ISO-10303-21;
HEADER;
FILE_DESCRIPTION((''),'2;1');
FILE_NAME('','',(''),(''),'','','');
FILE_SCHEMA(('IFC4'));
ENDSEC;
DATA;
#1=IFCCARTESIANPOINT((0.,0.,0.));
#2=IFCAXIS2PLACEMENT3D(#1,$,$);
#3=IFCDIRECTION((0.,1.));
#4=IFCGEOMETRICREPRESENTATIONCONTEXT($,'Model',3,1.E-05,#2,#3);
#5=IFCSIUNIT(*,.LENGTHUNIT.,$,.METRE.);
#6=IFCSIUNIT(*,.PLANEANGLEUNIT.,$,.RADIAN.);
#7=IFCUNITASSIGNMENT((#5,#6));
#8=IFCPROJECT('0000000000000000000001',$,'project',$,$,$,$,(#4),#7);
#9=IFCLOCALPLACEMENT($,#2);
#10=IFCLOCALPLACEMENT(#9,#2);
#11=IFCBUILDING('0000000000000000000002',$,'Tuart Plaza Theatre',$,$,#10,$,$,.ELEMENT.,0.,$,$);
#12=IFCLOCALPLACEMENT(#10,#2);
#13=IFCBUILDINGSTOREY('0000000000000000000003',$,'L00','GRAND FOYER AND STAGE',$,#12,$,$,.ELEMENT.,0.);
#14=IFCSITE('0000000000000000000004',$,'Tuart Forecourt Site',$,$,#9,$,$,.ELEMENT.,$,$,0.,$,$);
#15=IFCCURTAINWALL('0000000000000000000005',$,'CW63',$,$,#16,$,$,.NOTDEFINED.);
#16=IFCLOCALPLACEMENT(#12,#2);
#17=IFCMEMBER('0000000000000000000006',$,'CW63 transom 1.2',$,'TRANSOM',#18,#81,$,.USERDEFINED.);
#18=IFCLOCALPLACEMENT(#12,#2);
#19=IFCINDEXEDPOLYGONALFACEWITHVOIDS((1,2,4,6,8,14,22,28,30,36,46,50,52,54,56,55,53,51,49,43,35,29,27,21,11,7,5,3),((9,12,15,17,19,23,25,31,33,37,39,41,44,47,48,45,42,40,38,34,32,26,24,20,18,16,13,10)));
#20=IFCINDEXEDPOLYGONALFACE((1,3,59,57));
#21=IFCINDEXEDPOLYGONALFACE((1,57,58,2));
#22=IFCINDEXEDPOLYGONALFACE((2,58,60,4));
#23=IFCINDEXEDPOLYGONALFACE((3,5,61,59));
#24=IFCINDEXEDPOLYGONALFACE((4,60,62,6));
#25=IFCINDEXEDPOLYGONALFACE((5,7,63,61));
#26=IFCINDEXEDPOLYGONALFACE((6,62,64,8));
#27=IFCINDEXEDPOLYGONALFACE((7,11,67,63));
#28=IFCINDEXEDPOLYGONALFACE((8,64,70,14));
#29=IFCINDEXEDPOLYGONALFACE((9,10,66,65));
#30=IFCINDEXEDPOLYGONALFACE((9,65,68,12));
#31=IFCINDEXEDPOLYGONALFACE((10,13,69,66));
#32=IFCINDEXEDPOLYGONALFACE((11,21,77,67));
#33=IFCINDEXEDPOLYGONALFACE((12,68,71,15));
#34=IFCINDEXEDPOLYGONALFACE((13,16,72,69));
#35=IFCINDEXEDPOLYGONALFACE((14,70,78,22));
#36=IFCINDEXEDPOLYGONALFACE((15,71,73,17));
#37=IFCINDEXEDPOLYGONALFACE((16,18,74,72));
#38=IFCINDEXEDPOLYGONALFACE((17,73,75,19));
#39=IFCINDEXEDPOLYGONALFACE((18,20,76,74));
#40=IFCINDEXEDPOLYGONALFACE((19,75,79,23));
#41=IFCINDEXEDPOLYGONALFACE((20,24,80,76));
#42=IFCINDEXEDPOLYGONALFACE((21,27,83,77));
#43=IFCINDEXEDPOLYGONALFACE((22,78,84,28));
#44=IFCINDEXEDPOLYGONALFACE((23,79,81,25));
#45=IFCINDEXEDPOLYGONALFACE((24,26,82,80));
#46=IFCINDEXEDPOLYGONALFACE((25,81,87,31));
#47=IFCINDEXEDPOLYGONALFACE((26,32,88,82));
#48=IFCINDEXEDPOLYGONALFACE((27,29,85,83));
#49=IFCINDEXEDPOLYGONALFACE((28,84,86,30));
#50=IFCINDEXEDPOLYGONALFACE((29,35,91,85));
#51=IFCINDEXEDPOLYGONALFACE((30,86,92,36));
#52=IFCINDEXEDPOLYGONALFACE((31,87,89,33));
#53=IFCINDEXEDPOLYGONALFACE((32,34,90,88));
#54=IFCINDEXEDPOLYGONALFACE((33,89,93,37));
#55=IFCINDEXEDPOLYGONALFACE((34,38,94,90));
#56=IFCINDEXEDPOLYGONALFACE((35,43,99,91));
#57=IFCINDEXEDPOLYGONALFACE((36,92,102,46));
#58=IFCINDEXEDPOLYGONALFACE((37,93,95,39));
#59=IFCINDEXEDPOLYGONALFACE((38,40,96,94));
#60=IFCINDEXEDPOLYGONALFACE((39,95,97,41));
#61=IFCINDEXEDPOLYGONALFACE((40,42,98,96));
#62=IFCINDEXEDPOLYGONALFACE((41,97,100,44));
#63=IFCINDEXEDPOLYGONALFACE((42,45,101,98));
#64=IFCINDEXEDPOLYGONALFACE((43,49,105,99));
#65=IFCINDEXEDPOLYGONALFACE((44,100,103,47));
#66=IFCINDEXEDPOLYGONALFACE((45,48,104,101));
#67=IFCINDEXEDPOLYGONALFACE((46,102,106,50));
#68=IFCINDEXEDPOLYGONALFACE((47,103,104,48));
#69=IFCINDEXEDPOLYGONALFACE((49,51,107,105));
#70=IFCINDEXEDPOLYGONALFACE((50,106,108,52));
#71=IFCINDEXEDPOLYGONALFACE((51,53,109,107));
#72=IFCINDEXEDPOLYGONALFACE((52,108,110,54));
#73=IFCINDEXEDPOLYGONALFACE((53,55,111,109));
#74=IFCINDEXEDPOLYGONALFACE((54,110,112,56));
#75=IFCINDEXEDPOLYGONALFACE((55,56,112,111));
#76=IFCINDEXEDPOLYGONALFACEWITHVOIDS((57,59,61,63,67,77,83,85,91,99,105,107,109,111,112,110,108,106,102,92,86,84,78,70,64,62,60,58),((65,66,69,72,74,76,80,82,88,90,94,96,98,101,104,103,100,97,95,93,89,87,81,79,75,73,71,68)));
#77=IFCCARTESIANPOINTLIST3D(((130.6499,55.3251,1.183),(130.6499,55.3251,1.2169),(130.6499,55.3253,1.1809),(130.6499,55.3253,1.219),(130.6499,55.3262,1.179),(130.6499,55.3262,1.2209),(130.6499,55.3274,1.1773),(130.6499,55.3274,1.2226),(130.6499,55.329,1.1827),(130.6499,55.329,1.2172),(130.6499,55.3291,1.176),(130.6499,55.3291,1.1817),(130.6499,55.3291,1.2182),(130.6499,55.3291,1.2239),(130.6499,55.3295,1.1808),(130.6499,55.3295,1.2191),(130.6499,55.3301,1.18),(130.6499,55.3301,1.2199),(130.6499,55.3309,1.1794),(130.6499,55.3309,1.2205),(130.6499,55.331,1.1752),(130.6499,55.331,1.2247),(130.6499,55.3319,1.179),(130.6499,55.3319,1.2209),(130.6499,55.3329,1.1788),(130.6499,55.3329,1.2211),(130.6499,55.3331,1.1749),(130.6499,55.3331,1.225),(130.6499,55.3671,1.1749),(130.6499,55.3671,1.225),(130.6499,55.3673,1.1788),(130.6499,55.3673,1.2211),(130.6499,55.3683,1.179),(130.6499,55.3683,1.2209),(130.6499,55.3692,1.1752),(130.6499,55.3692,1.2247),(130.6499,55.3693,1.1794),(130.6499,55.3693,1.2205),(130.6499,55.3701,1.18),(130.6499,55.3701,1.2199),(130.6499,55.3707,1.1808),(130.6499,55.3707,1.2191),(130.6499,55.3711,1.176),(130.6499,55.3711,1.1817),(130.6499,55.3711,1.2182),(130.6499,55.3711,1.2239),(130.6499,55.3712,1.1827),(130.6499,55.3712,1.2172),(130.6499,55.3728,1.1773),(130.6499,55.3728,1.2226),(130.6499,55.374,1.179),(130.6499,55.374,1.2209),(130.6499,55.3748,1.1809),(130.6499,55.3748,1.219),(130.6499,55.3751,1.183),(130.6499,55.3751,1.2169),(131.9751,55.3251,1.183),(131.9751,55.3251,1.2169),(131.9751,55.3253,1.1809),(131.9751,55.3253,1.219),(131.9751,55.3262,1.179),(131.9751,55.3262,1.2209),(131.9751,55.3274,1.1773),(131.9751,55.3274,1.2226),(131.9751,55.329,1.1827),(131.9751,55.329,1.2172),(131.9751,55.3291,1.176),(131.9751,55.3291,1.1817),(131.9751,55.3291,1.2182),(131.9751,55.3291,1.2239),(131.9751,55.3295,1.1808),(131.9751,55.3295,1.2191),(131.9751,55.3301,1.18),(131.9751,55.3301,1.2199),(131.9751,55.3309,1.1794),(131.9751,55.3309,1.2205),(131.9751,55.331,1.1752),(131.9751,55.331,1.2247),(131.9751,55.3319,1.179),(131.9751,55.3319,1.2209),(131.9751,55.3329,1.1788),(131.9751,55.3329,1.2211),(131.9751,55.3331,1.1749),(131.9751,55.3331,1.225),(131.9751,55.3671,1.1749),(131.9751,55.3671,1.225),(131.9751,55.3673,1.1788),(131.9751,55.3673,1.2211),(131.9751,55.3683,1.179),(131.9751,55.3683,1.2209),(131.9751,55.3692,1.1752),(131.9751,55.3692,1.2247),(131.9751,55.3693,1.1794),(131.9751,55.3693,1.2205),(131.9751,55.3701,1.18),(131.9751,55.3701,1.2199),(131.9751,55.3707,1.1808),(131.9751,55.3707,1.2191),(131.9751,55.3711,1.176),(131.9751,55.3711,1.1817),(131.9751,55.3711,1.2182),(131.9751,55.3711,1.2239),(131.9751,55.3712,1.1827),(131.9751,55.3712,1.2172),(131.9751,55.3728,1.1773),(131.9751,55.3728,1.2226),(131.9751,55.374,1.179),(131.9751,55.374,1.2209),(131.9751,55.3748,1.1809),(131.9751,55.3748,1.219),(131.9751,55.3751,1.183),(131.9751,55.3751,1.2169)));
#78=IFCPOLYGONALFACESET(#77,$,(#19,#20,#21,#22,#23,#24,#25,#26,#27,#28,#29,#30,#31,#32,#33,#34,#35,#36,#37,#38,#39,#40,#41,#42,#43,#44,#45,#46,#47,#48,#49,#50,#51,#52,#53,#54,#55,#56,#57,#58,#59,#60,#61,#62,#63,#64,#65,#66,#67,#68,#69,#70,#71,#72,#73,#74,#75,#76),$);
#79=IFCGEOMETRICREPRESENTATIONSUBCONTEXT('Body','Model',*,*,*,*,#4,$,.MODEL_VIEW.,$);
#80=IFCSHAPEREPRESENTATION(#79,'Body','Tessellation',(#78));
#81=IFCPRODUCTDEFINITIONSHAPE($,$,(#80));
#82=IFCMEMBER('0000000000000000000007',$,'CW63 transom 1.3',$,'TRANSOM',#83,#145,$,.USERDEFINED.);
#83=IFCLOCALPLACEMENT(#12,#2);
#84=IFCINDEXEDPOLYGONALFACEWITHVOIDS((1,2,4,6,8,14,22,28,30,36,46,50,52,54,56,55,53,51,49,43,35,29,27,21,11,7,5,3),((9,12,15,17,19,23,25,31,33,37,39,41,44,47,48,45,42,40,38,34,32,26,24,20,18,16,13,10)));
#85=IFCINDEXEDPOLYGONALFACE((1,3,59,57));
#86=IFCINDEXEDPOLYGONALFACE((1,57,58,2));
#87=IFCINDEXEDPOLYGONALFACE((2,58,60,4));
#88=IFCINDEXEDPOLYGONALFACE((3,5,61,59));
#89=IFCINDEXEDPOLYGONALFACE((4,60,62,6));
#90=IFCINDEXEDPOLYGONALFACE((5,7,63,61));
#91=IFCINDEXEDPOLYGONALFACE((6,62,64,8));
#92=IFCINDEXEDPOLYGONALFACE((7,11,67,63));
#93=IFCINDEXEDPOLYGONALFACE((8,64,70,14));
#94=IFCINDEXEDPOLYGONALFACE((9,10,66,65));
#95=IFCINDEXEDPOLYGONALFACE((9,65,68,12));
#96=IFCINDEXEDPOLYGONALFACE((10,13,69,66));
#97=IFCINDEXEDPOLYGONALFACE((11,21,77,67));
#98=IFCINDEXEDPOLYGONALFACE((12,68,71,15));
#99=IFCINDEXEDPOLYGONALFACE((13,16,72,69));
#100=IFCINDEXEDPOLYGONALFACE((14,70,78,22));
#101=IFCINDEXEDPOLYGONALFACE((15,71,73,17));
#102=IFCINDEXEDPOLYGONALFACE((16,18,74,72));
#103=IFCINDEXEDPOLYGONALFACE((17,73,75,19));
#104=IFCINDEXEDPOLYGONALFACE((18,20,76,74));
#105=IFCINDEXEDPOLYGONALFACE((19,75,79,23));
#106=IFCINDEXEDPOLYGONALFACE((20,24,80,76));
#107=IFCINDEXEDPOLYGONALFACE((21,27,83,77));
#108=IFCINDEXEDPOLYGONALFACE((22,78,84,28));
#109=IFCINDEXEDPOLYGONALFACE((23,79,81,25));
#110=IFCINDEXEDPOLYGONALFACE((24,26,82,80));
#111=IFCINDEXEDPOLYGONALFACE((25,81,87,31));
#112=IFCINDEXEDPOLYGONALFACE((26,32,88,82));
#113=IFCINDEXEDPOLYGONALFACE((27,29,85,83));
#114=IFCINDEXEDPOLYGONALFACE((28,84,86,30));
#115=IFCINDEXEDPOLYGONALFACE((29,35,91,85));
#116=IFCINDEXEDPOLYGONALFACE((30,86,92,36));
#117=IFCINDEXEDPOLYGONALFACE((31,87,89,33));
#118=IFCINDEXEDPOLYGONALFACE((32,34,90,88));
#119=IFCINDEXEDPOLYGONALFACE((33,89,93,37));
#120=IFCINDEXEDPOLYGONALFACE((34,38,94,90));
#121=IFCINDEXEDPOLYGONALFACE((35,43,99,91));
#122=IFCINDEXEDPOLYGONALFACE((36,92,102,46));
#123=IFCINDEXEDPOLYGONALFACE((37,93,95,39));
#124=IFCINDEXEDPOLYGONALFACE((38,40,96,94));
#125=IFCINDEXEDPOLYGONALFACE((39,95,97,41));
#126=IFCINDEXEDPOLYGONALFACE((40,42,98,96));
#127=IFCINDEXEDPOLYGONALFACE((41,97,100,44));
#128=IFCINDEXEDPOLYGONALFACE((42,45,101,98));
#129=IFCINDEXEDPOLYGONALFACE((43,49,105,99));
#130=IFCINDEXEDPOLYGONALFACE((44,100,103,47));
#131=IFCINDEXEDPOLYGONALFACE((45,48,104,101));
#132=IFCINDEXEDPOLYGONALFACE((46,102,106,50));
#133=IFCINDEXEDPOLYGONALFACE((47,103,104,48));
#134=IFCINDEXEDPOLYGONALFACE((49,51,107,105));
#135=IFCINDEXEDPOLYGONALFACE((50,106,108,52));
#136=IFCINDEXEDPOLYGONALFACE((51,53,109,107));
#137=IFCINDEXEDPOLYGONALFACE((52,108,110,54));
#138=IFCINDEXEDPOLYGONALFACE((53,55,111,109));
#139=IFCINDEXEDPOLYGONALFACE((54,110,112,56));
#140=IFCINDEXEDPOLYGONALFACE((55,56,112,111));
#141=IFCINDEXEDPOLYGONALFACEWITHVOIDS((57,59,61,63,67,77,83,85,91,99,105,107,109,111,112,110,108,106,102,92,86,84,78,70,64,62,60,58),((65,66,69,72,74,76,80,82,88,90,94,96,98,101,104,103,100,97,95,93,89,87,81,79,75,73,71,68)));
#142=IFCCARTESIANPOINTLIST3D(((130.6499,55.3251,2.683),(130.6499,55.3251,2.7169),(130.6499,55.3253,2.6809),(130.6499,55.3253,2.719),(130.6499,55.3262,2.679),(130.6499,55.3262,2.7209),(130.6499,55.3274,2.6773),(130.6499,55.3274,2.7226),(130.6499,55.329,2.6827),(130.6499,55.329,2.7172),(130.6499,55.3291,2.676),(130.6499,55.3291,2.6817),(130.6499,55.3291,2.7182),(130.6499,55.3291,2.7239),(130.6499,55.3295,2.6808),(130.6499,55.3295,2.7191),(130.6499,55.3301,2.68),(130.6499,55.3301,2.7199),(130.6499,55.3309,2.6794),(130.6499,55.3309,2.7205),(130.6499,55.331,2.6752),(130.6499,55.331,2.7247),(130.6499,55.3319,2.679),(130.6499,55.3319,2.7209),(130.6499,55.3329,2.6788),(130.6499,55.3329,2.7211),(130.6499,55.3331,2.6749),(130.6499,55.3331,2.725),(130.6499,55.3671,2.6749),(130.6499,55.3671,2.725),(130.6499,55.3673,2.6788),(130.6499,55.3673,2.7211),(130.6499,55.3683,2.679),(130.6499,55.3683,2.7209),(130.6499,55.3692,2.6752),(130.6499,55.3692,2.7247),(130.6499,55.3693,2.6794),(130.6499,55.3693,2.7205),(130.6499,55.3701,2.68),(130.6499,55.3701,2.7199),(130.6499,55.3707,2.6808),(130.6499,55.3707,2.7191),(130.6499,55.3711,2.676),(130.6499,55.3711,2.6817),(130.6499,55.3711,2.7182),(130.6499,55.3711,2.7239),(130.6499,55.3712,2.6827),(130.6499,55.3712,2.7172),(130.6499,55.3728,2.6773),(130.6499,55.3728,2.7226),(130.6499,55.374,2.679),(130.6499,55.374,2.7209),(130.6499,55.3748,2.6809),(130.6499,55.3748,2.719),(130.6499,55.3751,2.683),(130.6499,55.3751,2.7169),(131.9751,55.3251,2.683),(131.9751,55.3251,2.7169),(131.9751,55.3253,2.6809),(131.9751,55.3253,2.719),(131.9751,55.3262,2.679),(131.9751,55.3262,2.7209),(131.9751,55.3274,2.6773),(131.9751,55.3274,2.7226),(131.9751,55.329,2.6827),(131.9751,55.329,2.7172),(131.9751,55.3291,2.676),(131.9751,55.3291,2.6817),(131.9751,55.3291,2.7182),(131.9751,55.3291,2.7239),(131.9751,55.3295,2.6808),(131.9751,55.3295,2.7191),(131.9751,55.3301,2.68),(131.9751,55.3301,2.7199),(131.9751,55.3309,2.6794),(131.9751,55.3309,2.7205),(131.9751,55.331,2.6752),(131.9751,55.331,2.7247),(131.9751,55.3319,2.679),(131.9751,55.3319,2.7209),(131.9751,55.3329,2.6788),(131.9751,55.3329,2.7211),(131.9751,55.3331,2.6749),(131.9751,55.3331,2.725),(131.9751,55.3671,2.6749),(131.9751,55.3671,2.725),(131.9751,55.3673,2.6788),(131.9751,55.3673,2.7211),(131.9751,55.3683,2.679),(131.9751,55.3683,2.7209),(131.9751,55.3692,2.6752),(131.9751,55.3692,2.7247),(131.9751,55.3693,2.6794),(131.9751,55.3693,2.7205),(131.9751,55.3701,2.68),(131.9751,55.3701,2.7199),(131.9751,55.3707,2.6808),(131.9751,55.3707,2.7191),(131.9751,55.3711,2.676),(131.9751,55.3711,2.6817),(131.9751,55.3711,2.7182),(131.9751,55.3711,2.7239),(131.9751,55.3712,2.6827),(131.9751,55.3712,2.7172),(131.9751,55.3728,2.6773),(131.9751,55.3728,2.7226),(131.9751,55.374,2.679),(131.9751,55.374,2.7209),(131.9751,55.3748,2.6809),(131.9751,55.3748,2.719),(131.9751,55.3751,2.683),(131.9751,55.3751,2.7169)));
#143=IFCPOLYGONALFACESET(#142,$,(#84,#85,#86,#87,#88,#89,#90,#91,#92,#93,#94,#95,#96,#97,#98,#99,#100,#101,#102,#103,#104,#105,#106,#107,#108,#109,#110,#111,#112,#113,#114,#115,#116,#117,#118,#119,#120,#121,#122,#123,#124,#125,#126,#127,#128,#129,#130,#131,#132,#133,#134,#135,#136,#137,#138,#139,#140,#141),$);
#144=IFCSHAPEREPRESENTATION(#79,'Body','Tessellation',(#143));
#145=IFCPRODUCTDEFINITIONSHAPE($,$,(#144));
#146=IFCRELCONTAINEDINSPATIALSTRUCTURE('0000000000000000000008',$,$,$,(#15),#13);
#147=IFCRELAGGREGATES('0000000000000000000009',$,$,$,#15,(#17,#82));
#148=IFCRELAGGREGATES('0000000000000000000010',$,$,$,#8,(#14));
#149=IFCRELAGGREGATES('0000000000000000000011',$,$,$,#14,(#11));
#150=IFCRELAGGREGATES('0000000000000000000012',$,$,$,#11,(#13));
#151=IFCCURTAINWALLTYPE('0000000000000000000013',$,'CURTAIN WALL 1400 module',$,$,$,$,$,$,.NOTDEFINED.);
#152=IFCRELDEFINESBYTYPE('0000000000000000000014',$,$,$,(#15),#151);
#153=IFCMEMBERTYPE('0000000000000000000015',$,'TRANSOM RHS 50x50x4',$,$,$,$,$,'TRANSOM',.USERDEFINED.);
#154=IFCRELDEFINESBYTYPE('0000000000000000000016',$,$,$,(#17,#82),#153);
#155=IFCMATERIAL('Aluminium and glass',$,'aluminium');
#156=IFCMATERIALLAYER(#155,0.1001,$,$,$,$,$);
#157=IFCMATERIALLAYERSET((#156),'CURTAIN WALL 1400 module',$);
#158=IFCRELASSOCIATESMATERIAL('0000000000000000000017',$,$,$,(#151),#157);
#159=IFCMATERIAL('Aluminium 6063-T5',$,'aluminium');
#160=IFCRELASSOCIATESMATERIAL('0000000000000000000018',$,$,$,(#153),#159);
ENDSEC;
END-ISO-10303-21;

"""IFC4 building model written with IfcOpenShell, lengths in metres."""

from ifc_helpers import new_model, si_unit, direction, frame, origin, origin_2d, place, context, subcontext, project, spatial, hollow_rectangle, extrude, material, layer, layer_set, material_profile, profile_set, type_object, element, aggregate, save


model = new_model("IFC4")

# Units and contexts
model_context = context("Model", 3, precision=1e-05, world=origin(), true_north=direction((0.0, 1.0)))
body_context = subcontext(model_context, "Body", "Model", "MODEL_VIEW")
ifc_project = project(units=[si_unit("LENGTHUNIT", "METRE"), si_unit("PLANEANGLEUNIT", "RADIAN")], contexts=[model_context])

# Site, building, storey
site_placement = place(None, origin())
site = spatial("IfcSite", under=ifc_project, at=site_placement, Name="Tuart Forecourt Site", CompositionType="ELEMENT", RefElevation=0.0)
building_placement = place(site_placement, origin())
building = spatial("IfcBuilding", under=site, at=building_placement, Name="Tuart Plaza Theatre", CompositionType="ELEMENT", ElevationOfRefHeight=0.0)
storey_placement = place(building_placement, origin())
storey = spatial("IfcBuildingStorey", under=building, at=storey_placement, Name="L00", Description="GRAND FOYER AND STAGE", CompositionType="ELEMENT", Elevation=0.0)

# Curtain wall, members
ifc_material_1 = material(Name="Aluminium and glass", Category="aluminium")
ifc_layer_1 = layer(ifc_material_1, 0.1001)
ifc_layer_set_1 = layer_set([ifc_layer_1], Name="CURTAIN WALL 1400 module")
curtain_wall_type_1 = type_object("IfcCurtainWallType", Name="CURTAIN WALL 1400 module", PredefinedType="NOTDEFINED", material=ifc_layer_set_1)
curtain_wall_1_placement = place(storey_placement, origin())
curtain_wall_1 = element("IfcCurtainWall", 1, at=curtain_wall_1_placement, inside=storey, type_object=curtain_wall_type_1, Name="CW63", PredefinedType="NOTDEFINED")
ifc_material_2 = material(Name="Aluminium 6063-T5", Category="aluminium")
ifc_material_profile_1 = material_profile(ifc_material_2, hollow_rectangle(XDim=0.05, YDim=0.05, WallThickness=0.0039, InnerFilletRadius=0.0039, OuterFilletRadius=0.0081, at=origin_2d()), Name="RHS 50x50x4")
ifc_profile_set_1 = profile_set([ifc_material_profile_1], Name="Aluminium 6063-T5")
member_type_1 = type_object("IfcMemberType", Name="TRANSOM RHS 50x50x4", ElementType="TRANSOM", PredefinedType="USERDEFINED", material=ifc_profile_set_1)
member_1_placement = place(storey_placement, frame((130.6499, 55.3501, 1.2), z_axis=(1.0, 0.0, 0.0), x_axis=(0.0, 1.0, 0.0)))
member_1 = element("IfcMember", 2, at=member_1_placement, type_object=member_type_1, Name="CW63 transom 1.2", ObjectType="TRANSOM", PredefinedType="USERDEFINED", context=body_context, shape_type="SweptSolid", body=[
    extrude(hollow_rectangle(XDim=0.05, YDim=0.05, WallThickness=0.0039, InnerFilletRadius=0.0039, OuterFilletRadius=0.0081, at=origin_2d()), origin(), (0.0, 0.0, 1.0), 1.3252),
])
member_2_placement = place(storey_placement, frame((130.6499, 55.3501, 2.7), z_axis=(1.0, 0.0, 0.0), x_axis=(0.0, 1.0, 0.0)))
member_2 = element("IfcMember", 3, at=member_2_placement, type_object=member_type_1, Name="CW63 transom 1.3", ObjectType="TRANSOM", PredefinedType="USERDEFINED", context=body_context, shape_type="SweptSolid", body=[
    extrude(hollow_rectangle(XDim=0.05, YDim=0.05, WallThickness=0.0039, InnerFilletRadius=0.0039, OuterFilletRadius=0.0081, at=origin_2d()), origin(), (0.0, 0.0, 1.0), 1.3252),
])

aggregate(curtain_wall_1, [member_1, member_2])

save(model, "model.ifc")
